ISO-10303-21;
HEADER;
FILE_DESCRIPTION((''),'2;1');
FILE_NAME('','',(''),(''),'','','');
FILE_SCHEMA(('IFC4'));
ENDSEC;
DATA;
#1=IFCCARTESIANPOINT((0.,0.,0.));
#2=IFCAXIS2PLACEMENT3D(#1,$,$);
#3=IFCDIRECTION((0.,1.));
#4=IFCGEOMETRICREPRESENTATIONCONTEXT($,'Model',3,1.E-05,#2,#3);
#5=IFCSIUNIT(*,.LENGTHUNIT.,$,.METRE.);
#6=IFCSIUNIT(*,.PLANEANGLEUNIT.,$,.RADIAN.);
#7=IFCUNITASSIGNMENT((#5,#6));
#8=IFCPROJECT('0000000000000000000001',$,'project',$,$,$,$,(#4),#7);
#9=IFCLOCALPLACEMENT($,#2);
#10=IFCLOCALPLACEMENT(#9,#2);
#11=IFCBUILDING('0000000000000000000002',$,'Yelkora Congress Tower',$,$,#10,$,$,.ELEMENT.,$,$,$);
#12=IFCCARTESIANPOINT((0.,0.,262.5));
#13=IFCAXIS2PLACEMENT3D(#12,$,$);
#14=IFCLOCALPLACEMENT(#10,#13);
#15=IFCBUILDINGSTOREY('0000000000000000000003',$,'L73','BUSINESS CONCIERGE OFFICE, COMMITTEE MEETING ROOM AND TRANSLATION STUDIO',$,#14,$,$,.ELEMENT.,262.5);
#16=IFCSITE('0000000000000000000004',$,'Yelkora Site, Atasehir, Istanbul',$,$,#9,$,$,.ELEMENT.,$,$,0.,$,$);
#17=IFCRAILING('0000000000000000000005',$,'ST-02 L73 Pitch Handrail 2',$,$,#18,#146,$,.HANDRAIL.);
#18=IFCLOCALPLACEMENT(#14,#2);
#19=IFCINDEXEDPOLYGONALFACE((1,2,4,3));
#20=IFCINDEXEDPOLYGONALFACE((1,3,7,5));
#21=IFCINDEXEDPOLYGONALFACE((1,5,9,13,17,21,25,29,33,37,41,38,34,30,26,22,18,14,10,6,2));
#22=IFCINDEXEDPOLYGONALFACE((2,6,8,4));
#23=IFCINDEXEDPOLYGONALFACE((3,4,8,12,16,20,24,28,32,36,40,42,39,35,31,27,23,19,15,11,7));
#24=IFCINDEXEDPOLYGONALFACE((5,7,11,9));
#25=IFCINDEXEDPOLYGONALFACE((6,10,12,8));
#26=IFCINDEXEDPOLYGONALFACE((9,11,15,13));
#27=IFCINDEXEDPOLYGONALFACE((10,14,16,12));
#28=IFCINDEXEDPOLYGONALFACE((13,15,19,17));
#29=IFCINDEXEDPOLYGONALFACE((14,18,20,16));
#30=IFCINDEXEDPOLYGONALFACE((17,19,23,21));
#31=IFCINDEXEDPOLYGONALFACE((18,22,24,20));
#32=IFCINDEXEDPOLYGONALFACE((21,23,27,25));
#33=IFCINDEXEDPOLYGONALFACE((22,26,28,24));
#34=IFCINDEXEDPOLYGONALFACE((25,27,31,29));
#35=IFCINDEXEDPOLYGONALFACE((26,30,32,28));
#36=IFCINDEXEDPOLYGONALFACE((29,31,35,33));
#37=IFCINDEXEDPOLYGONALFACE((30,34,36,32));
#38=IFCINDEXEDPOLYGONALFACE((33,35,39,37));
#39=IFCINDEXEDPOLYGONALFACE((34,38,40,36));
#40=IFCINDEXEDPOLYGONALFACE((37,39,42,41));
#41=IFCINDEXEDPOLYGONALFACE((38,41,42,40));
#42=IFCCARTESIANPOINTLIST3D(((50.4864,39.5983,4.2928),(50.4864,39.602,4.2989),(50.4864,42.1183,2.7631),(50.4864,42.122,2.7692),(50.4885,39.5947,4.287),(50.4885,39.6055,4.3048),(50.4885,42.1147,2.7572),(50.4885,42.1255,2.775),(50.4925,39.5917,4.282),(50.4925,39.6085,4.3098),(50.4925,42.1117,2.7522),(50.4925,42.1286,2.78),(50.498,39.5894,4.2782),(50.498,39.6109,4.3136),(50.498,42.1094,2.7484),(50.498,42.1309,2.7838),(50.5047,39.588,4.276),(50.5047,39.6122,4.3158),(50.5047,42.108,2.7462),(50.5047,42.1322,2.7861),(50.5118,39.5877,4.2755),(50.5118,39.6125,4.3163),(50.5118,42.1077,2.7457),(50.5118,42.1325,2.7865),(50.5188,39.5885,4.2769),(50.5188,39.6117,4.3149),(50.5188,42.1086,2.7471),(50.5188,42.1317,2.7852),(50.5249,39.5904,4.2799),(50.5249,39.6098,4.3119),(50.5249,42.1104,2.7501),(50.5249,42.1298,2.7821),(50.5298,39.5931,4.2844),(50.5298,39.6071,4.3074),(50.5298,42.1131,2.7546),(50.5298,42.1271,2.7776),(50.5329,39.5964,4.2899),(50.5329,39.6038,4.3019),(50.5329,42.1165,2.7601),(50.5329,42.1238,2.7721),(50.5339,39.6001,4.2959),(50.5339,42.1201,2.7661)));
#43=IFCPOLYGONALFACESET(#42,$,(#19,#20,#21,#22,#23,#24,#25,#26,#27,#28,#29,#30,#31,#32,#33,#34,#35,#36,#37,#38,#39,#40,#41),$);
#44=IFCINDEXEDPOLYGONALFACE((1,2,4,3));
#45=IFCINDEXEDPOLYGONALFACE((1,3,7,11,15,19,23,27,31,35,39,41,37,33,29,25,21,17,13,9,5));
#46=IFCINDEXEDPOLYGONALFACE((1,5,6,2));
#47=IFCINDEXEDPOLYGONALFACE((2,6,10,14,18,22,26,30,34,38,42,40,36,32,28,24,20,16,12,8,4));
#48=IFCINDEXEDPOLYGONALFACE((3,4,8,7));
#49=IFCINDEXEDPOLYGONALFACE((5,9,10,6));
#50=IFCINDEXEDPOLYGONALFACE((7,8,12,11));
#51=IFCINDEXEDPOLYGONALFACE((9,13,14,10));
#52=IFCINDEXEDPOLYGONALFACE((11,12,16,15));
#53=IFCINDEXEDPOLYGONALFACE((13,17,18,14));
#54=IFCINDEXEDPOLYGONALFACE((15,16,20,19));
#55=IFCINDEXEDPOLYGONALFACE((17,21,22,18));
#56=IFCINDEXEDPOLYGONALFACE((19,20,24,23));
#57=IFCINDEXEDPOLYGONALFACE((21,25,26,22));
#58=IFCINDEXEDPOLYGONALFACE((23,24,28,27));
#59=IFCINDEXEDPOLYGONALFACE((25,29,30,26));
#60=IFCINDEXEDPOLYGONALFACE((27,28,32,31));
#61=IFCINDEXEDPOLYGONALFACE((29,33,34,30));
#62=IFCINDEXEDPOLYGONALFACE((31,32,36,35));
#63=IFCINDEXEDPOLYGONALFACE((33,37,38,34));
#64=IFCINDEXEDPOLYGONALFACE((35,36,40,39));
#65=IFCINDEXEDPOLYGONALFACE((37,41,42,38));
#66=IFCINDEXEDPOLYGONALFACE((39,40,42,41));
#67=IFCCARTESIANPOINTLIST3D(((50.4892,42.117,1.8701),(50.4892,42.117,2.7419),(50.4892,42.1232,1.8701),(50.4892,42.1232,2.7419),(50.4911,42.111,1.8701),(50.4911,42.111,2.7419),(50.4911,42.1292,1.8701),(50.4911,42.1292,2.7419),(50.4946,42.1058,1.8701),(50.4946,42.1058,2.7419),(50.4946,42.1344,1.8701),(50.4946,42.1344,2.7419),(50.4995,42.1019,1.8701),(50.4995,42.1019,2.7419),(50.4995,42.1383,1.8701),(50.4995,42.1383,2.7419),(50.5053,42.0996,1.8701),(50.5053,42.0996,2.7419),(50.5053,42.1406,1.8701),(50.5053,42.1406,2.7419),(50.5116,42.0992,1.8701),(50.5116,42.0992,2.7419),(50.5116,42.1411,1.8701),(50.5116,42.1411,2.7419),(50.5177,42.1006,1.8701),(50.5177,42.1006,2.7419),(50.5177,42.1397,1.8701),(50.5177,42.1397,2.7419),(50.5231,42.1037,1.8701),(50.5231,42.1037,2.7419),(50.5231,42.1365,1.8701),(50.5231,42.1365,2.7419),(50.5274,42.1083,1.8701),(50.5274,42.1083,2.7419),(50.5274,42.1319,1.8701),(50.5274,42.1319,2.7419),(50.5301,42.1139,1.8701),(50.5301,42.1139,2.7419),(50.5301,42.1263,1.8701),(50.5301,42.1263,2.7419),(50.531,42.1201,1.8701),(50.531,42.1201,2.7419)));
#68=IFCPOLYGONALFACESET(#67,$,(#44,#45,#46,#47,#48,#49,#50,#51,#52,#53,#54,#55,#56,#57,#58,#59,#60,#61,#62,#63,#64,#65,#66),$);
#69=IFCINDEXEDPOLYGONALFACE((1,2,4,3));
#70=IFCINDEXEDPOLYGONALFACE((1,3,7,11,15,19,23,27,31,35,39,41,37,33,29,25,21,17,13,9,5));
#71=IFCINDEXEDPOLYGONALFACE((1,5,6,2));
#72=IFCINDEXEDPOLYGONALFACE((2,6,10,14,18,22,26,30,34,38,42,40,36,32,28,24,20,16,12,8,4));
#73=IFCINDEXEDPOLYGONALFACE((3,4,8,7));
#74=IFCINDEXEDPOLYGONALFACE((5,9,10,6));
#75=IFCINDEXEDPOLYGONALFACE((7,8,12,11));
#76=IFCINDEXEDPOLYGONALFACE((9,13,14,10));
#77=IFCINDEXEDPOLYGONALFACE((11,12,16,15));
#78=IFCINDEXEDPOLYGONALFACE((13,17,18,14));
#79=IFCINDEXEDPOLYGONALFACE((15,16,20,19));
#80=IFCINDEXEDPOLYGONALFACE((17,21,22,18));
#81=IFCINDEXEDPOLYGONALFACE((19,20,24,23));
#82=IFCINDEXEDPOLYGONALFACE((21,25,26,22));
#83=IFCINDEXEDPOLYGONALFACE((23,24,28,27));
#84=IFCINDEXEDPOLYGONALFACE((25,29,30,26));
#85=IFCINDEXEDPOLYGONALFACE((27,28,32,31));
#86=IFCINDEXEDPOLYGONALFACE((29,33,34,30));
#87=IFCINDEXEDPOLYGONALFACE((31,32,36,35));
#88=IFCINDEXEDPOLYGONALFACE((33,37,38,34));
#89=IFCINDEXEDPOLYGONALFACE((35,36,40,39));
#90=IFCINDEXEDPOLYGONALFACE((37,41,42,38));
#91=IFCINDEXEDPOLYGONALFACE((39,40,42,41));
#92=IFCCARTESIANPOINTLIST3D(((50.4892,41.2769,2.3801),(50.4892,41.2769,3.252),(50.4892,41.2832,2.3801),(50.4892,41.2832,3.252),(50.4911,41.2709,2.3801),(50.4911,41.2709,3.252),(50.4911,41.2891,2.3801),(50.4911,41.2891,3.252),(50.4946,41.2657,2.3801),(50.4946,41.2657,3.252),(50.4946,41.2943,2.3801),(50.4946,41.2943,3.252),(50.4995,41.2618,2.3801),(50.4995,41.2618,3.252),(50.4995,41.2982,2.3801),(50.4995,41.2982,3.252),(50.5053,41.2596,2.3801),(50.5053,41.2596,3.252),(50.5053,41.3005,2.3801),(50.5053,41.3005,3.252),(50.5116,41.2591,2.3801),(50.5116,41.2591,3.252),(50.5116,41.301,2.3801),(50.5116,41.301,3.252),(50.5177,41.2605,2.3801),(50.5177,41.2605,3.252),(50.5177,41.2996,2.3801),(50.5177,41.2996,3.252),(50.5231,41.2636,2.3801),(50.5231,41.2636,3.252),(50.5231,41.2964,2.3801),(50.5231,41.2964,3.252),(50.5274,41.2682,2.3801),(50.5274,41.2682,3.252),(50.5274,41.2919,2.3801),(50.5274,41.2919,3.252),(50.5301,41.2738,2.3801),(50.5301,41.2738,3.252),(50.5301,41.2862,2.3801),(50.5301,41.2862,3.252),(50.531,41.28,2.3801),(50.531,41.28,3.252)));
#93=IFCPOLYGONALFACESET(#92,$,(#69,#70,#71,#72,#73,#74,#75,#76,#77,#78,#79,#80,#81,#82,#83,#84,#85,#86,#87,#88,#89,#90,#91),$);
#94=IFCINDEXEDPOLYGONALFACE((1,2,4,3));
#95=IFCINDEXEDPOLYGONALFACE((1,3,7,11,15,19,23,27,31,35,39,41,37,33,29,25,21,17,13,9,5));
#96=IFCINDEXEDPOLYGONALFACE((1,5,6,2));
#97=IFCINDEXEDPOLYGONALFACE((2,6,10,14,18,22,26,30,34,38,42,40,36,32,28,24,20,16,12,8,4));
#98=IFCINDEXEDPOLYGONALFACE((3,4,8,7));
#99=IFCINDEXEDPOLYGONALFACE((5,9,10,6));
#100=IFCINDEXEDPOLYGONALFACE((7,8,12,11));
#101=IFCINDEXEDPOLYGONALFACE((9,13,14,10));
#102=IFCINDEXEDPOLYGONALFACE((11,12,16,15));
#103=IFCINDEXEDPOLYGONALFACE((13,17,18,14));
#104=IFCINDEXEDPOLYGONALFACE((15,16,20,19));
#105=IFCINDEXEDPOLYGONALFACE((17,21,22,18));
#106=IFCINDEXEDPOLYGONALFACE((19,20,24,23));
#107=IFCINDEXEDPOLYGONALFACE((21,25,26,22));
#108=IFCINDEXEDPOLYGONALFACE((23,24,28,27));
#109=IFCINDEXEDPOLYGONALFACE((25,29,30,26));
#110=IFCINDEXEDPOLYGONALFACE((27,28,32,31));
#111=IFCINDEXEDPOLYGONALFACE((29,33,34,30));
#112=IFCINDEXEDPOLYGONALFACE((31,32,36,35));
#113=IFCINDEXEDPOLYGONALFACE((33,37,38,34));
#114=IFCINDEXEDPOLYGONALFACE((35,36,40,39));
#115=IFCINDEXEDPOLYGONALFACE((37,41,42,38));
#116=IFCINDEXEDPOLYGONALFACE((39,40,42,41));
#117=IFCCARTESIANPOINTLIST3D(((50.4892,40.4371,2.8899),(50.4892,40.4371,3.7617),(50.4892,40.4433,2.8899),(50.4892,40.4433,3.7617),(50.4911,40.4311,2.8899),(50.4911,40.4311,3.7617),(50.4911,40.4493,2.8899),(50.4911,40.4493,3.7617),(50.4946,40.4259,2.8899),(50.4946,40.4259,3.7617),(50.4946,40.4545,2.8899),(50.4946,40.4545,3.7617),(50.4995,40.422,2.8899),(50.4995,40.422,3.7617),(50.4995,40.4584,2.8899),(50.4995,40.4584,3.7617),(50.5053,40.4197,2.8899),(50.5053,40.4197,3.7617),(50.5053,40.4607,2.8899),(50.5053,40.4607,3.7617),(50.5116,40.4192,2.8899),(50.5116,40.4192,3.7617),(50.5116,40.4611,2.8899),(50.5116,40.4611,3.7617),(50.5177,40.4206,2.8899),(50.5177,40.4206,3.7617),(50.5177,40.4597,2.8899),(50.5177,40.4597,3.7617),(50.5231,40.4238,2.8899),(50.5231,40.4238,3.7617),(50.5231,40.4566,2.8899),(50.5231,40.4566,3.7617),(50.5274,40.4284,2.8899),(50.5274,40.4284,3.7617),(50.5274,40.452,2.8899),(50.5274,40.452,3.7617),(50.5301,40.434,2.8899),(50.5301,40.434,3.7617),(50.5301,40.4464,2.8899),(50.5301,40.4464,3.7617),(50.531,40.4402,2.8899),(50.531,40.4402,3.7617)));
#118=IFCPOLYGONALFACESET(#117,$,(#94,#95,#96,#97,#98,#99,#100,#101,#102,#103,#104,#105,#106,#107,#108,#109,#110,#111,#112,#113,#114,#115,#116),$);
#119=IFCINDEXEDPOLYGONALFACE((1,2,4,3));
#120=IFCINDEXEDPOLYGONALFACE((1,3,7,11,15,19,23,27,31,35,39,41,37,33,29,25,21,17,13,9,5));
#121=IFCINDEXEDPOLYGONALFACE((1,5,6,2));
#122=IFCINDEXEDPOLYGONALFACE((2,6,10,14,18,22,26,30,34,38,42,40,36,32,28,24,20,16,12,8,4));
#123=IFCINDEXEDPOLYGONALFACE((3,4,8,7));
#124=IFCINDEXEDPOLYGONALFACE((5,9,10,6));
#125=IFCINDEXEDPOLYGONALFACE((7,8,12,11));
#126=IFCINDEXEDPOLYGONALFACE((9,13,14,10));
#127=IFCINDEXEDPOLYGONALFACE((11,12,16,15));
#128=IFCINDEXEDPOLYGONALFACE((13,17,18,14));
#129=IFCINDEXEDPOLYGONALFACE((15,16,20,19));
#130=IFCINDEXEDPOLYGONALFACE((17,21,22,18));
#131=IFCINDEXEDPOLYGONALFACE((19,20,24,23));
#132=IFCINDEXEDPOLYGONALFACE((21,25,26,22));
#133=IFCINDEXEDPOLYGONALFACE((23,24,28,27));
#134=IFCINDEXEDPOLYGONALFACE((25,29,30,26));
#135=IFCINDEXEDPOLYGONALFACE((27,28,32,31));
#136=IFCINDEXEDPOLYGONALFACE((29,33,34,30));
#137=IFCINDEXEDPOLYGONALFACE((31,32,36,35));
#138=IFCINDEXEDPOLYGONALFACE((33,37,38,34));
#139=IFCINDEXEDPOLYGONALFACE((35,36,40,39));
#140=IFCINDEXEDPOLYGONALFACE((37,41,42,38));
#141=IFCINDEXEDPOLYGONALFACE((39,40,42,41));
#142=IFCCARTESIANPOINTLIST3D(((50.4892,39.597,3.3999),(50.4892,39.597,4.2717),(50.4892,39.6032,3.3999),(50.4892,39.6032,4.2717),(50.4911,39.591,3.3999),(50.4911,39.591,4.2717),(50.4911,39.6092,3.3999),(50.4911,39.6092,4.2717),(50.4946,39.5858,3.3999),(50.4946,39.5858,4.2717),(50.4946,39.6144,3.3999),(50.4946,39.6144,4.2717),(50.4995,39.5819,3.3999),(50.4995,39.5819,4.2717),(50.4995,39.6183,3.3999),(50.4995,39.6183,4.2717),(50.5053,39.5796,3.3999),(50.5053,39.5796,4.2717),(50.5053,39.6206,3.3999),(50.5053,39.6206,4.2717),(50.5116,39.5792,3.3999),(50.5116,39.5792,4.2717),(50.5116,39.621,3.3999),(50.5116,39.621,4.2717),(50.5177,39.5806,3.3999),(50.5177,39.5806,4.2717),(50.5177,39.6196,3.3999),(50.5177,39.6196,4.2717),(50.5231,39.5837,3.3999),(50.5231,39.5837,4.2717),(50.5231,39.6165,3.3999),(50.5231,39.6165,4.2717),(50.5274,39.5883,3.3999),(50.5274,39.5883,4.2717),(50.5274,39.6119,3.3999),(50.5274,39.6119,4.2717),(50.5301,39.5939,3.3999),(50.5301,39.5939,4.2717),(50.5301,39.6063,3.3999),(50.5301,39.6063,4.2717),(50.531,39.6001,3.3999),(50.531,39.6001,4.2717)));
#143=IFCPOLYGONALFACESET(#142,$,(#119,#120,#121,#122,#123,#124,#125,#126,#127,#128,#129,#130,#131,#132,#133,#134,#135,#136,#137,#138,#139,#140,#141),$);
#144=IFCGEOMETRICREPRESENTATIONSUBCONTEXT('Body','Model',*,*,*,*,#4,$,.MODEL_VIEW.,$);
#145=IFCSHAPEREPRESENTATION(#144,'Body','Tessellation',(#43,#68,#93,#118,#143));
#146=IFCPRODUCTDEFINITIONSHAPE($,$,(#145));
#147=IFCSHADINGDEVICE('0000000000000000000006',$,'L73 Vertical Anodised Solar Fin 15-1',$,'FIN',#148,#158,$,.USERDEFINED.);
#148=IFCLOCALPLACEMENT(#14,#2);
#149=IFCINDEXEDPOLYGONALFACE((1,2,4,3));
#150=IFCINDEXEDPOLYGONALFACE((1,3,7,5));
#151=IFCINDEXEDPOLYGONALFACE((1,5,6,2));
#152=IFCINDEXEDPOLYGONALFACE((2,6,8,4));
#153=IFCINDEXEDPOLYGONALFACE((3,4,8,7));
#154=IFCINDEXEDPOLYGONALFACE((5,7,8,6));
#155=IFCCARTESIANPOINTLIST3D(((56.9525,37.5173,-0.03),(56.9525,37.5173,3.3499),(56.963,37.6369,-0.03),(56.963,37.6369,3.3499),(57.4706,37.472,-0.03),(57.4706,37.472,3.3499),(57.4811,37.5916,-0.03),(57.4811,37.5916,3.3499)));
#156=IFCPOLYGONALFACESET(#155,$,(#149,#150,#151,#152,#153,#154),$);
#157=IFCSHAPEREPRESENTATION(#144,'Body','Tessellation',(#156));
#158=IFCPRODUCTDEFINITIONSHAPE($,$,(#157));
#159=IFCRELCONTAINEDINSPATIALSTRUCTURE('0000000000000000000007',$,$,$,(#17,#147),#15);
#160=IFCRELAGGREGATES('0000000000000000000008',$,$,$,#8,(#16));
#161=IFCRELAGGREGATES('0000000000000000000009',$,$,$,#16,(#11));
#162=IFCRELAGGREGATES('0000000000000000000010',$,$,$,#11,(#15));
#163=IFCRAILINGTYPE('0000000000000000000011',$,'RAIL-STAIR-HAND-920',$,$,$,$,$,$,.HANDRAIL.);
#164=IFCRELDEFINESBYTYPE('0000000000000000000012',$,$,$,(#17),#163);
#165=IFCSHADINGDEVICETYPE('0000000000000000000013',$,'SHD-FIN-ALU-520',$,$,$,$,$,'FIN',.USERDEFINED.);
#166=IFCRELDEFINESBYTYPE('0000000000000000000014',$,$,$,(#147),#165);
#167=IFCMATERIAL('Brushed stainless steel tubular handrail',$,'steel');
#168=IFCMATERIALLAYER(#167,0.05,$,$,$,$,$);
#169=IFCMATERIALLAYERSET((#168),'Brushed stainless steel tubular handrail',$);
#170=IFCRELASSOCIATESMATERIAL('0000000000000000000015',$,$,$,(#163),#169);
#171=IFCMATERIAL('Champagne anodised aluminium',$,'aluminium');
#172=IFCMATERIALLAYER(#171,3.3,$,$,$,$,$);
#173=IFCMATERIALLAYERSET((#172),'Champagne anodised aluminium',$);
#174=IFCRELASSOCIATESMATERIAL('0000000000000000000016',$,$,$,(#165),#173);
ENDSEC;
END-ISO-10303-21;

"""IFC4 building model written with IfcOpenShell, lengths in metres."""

from ifc_helpers import new_model, si_unit, direction, frame, origin, origin_2d, place, context, subcontext, project, spatial, rectangle, circle, extrude, material, layer, layer_set, type_object, element, save


model = new_model("IFC4")

# Units and contexts
model_context = context("Model", 3, precision=1e-05, world=origin(), true_north=direction((0.0, 1.0)))
body_context = subcontext(model_context, "Body", "Model", "MODEL_VIEW")
ifc_project = project(units=[si_unit("LENGTHUNIT", "METRE"), si_unit("PLANEANGLEUNIT", "RADIAN")], contexts=[model_context])

# Site, building, storey
site_placement = place(None, origin())
site = spatial("IfcSite", under=ifc_project, at=site_placement, Name="Yelkora Site, Atasehir, Istanbul", CompositionType="ELEMENT", RefElevation=0.0)
building_placement = place(site_placement, origin())
building = spatial("IfcBuilding", under=site, at=building_placement, Name="Yelkora Congress Tower", CompositionType="ELEMENT")
storey_placement = place(building_placement, frame((0.0, 0.0, 262.5)))
storey = spatial("IfcBuildingStorey", under=building, at=storey_placement, Name="L73", Description="BUSINESS CONCIERGE OFFICE, COMMITTEE MEETING ROOM AND TRANSLATION STUDIO", CompositionType="ELEMENT", Elevation=262.5)

# Railing
ifc_material_1 = material(Name="Brushed stainless steel tubular handrail", Category="steel")
ifc_layer_1 = layer(ifc_material_1, 0.05)
ifc_layer_set_1 = layer_set([ifc_layer_1], Name="Brushed stainless steel tubular handrail")
railing_type_1 = type_object("IfcRailingType", Name="RAIL-STAIR-HAND-920", PredefinedType="HANDRAIL", material=ifc_layer_set_1)
railing_1_placement = place(storey_placement, frame((50.51, 42.1201, 1.8701)))
element("IfcRailing", 1, at=railing_1_placement, inside=storey, type_object=railing_type_1, Name="ST-02 L73 Pitch Handrail 2", PredefinedType="HANDRAIL", context=body_context, shape_type="SweptSolid", body=[
    extrude(circle(Radius=0.0239, at=origin_2d()), frame((0.0, 0.0, 0.896), z_axis=(0.0, -0.854822, 0.518922), x_axis=(1.0, 0.0, 0.0)), (0.0, 0.0, 1.0), 2.948),
    extrude(circle(Radius=0.021, at=origin_2d()), origin(), (0.0, 0.0, 1.0), 0.8718),
    extrude(circle(Radius=0.021, at=origin_2d()), frame((0.0, -0.8401, 0.51)), (0.0, 0.0, 1.0), 0.8718),
    extrude(circle(Radius=0.021, at=origin_2d()), frame((0.0, -1.6799, 1.0198)), (0.0, 0.0, 1.0), 0.8718),
    extrude(circle(Radius=0.021, at=origin_2d()), frame((0.0, -2.52, 1.5298)), (0.0, 0.0, 1.0), 0.8718),
])

# Shading device
ifc_material_2 = material(Name="Champagne anodised aluminium", Category="aluminium")
ifc_layer_2 = layer(ifc_material_2, 3.3)
ifc_layer_set_2 = layer_set([ifc_layer_2], Name="Champagne anodised aluminium")
shading_device_type = type_object("IfcShadingDeviceType", Name="SHD-FIN-ALU-520", ElementType="FIN", PredefinedType="USERDEFINED", material=ifc_layer_set_2)
shading_device_placement = place(storey_placement, frame((57.2168, 37.5544, -0.03), z_axis=(0.0, 0.0, 1.0), x_axis=(-0.087156, -0.996195, 0.0)))
element("IfcShadingDevice", 2, at=shading_device_placement, inside=storey, type_object=shading_device_type, Name="L73 Vertical Anodised Solar Fin 15-1", ObjectType="FIN", PredefinedType="USERDEFINED", context=body_context, shape_type="SweptSolid", body=[
    extrude(rectangle(XDim=0.1201, YDim=0.52, at=origin_2d()), origin(), (0.0, 0.0, 1.0), 3.3799),
])

save(model, "model.ifc")
